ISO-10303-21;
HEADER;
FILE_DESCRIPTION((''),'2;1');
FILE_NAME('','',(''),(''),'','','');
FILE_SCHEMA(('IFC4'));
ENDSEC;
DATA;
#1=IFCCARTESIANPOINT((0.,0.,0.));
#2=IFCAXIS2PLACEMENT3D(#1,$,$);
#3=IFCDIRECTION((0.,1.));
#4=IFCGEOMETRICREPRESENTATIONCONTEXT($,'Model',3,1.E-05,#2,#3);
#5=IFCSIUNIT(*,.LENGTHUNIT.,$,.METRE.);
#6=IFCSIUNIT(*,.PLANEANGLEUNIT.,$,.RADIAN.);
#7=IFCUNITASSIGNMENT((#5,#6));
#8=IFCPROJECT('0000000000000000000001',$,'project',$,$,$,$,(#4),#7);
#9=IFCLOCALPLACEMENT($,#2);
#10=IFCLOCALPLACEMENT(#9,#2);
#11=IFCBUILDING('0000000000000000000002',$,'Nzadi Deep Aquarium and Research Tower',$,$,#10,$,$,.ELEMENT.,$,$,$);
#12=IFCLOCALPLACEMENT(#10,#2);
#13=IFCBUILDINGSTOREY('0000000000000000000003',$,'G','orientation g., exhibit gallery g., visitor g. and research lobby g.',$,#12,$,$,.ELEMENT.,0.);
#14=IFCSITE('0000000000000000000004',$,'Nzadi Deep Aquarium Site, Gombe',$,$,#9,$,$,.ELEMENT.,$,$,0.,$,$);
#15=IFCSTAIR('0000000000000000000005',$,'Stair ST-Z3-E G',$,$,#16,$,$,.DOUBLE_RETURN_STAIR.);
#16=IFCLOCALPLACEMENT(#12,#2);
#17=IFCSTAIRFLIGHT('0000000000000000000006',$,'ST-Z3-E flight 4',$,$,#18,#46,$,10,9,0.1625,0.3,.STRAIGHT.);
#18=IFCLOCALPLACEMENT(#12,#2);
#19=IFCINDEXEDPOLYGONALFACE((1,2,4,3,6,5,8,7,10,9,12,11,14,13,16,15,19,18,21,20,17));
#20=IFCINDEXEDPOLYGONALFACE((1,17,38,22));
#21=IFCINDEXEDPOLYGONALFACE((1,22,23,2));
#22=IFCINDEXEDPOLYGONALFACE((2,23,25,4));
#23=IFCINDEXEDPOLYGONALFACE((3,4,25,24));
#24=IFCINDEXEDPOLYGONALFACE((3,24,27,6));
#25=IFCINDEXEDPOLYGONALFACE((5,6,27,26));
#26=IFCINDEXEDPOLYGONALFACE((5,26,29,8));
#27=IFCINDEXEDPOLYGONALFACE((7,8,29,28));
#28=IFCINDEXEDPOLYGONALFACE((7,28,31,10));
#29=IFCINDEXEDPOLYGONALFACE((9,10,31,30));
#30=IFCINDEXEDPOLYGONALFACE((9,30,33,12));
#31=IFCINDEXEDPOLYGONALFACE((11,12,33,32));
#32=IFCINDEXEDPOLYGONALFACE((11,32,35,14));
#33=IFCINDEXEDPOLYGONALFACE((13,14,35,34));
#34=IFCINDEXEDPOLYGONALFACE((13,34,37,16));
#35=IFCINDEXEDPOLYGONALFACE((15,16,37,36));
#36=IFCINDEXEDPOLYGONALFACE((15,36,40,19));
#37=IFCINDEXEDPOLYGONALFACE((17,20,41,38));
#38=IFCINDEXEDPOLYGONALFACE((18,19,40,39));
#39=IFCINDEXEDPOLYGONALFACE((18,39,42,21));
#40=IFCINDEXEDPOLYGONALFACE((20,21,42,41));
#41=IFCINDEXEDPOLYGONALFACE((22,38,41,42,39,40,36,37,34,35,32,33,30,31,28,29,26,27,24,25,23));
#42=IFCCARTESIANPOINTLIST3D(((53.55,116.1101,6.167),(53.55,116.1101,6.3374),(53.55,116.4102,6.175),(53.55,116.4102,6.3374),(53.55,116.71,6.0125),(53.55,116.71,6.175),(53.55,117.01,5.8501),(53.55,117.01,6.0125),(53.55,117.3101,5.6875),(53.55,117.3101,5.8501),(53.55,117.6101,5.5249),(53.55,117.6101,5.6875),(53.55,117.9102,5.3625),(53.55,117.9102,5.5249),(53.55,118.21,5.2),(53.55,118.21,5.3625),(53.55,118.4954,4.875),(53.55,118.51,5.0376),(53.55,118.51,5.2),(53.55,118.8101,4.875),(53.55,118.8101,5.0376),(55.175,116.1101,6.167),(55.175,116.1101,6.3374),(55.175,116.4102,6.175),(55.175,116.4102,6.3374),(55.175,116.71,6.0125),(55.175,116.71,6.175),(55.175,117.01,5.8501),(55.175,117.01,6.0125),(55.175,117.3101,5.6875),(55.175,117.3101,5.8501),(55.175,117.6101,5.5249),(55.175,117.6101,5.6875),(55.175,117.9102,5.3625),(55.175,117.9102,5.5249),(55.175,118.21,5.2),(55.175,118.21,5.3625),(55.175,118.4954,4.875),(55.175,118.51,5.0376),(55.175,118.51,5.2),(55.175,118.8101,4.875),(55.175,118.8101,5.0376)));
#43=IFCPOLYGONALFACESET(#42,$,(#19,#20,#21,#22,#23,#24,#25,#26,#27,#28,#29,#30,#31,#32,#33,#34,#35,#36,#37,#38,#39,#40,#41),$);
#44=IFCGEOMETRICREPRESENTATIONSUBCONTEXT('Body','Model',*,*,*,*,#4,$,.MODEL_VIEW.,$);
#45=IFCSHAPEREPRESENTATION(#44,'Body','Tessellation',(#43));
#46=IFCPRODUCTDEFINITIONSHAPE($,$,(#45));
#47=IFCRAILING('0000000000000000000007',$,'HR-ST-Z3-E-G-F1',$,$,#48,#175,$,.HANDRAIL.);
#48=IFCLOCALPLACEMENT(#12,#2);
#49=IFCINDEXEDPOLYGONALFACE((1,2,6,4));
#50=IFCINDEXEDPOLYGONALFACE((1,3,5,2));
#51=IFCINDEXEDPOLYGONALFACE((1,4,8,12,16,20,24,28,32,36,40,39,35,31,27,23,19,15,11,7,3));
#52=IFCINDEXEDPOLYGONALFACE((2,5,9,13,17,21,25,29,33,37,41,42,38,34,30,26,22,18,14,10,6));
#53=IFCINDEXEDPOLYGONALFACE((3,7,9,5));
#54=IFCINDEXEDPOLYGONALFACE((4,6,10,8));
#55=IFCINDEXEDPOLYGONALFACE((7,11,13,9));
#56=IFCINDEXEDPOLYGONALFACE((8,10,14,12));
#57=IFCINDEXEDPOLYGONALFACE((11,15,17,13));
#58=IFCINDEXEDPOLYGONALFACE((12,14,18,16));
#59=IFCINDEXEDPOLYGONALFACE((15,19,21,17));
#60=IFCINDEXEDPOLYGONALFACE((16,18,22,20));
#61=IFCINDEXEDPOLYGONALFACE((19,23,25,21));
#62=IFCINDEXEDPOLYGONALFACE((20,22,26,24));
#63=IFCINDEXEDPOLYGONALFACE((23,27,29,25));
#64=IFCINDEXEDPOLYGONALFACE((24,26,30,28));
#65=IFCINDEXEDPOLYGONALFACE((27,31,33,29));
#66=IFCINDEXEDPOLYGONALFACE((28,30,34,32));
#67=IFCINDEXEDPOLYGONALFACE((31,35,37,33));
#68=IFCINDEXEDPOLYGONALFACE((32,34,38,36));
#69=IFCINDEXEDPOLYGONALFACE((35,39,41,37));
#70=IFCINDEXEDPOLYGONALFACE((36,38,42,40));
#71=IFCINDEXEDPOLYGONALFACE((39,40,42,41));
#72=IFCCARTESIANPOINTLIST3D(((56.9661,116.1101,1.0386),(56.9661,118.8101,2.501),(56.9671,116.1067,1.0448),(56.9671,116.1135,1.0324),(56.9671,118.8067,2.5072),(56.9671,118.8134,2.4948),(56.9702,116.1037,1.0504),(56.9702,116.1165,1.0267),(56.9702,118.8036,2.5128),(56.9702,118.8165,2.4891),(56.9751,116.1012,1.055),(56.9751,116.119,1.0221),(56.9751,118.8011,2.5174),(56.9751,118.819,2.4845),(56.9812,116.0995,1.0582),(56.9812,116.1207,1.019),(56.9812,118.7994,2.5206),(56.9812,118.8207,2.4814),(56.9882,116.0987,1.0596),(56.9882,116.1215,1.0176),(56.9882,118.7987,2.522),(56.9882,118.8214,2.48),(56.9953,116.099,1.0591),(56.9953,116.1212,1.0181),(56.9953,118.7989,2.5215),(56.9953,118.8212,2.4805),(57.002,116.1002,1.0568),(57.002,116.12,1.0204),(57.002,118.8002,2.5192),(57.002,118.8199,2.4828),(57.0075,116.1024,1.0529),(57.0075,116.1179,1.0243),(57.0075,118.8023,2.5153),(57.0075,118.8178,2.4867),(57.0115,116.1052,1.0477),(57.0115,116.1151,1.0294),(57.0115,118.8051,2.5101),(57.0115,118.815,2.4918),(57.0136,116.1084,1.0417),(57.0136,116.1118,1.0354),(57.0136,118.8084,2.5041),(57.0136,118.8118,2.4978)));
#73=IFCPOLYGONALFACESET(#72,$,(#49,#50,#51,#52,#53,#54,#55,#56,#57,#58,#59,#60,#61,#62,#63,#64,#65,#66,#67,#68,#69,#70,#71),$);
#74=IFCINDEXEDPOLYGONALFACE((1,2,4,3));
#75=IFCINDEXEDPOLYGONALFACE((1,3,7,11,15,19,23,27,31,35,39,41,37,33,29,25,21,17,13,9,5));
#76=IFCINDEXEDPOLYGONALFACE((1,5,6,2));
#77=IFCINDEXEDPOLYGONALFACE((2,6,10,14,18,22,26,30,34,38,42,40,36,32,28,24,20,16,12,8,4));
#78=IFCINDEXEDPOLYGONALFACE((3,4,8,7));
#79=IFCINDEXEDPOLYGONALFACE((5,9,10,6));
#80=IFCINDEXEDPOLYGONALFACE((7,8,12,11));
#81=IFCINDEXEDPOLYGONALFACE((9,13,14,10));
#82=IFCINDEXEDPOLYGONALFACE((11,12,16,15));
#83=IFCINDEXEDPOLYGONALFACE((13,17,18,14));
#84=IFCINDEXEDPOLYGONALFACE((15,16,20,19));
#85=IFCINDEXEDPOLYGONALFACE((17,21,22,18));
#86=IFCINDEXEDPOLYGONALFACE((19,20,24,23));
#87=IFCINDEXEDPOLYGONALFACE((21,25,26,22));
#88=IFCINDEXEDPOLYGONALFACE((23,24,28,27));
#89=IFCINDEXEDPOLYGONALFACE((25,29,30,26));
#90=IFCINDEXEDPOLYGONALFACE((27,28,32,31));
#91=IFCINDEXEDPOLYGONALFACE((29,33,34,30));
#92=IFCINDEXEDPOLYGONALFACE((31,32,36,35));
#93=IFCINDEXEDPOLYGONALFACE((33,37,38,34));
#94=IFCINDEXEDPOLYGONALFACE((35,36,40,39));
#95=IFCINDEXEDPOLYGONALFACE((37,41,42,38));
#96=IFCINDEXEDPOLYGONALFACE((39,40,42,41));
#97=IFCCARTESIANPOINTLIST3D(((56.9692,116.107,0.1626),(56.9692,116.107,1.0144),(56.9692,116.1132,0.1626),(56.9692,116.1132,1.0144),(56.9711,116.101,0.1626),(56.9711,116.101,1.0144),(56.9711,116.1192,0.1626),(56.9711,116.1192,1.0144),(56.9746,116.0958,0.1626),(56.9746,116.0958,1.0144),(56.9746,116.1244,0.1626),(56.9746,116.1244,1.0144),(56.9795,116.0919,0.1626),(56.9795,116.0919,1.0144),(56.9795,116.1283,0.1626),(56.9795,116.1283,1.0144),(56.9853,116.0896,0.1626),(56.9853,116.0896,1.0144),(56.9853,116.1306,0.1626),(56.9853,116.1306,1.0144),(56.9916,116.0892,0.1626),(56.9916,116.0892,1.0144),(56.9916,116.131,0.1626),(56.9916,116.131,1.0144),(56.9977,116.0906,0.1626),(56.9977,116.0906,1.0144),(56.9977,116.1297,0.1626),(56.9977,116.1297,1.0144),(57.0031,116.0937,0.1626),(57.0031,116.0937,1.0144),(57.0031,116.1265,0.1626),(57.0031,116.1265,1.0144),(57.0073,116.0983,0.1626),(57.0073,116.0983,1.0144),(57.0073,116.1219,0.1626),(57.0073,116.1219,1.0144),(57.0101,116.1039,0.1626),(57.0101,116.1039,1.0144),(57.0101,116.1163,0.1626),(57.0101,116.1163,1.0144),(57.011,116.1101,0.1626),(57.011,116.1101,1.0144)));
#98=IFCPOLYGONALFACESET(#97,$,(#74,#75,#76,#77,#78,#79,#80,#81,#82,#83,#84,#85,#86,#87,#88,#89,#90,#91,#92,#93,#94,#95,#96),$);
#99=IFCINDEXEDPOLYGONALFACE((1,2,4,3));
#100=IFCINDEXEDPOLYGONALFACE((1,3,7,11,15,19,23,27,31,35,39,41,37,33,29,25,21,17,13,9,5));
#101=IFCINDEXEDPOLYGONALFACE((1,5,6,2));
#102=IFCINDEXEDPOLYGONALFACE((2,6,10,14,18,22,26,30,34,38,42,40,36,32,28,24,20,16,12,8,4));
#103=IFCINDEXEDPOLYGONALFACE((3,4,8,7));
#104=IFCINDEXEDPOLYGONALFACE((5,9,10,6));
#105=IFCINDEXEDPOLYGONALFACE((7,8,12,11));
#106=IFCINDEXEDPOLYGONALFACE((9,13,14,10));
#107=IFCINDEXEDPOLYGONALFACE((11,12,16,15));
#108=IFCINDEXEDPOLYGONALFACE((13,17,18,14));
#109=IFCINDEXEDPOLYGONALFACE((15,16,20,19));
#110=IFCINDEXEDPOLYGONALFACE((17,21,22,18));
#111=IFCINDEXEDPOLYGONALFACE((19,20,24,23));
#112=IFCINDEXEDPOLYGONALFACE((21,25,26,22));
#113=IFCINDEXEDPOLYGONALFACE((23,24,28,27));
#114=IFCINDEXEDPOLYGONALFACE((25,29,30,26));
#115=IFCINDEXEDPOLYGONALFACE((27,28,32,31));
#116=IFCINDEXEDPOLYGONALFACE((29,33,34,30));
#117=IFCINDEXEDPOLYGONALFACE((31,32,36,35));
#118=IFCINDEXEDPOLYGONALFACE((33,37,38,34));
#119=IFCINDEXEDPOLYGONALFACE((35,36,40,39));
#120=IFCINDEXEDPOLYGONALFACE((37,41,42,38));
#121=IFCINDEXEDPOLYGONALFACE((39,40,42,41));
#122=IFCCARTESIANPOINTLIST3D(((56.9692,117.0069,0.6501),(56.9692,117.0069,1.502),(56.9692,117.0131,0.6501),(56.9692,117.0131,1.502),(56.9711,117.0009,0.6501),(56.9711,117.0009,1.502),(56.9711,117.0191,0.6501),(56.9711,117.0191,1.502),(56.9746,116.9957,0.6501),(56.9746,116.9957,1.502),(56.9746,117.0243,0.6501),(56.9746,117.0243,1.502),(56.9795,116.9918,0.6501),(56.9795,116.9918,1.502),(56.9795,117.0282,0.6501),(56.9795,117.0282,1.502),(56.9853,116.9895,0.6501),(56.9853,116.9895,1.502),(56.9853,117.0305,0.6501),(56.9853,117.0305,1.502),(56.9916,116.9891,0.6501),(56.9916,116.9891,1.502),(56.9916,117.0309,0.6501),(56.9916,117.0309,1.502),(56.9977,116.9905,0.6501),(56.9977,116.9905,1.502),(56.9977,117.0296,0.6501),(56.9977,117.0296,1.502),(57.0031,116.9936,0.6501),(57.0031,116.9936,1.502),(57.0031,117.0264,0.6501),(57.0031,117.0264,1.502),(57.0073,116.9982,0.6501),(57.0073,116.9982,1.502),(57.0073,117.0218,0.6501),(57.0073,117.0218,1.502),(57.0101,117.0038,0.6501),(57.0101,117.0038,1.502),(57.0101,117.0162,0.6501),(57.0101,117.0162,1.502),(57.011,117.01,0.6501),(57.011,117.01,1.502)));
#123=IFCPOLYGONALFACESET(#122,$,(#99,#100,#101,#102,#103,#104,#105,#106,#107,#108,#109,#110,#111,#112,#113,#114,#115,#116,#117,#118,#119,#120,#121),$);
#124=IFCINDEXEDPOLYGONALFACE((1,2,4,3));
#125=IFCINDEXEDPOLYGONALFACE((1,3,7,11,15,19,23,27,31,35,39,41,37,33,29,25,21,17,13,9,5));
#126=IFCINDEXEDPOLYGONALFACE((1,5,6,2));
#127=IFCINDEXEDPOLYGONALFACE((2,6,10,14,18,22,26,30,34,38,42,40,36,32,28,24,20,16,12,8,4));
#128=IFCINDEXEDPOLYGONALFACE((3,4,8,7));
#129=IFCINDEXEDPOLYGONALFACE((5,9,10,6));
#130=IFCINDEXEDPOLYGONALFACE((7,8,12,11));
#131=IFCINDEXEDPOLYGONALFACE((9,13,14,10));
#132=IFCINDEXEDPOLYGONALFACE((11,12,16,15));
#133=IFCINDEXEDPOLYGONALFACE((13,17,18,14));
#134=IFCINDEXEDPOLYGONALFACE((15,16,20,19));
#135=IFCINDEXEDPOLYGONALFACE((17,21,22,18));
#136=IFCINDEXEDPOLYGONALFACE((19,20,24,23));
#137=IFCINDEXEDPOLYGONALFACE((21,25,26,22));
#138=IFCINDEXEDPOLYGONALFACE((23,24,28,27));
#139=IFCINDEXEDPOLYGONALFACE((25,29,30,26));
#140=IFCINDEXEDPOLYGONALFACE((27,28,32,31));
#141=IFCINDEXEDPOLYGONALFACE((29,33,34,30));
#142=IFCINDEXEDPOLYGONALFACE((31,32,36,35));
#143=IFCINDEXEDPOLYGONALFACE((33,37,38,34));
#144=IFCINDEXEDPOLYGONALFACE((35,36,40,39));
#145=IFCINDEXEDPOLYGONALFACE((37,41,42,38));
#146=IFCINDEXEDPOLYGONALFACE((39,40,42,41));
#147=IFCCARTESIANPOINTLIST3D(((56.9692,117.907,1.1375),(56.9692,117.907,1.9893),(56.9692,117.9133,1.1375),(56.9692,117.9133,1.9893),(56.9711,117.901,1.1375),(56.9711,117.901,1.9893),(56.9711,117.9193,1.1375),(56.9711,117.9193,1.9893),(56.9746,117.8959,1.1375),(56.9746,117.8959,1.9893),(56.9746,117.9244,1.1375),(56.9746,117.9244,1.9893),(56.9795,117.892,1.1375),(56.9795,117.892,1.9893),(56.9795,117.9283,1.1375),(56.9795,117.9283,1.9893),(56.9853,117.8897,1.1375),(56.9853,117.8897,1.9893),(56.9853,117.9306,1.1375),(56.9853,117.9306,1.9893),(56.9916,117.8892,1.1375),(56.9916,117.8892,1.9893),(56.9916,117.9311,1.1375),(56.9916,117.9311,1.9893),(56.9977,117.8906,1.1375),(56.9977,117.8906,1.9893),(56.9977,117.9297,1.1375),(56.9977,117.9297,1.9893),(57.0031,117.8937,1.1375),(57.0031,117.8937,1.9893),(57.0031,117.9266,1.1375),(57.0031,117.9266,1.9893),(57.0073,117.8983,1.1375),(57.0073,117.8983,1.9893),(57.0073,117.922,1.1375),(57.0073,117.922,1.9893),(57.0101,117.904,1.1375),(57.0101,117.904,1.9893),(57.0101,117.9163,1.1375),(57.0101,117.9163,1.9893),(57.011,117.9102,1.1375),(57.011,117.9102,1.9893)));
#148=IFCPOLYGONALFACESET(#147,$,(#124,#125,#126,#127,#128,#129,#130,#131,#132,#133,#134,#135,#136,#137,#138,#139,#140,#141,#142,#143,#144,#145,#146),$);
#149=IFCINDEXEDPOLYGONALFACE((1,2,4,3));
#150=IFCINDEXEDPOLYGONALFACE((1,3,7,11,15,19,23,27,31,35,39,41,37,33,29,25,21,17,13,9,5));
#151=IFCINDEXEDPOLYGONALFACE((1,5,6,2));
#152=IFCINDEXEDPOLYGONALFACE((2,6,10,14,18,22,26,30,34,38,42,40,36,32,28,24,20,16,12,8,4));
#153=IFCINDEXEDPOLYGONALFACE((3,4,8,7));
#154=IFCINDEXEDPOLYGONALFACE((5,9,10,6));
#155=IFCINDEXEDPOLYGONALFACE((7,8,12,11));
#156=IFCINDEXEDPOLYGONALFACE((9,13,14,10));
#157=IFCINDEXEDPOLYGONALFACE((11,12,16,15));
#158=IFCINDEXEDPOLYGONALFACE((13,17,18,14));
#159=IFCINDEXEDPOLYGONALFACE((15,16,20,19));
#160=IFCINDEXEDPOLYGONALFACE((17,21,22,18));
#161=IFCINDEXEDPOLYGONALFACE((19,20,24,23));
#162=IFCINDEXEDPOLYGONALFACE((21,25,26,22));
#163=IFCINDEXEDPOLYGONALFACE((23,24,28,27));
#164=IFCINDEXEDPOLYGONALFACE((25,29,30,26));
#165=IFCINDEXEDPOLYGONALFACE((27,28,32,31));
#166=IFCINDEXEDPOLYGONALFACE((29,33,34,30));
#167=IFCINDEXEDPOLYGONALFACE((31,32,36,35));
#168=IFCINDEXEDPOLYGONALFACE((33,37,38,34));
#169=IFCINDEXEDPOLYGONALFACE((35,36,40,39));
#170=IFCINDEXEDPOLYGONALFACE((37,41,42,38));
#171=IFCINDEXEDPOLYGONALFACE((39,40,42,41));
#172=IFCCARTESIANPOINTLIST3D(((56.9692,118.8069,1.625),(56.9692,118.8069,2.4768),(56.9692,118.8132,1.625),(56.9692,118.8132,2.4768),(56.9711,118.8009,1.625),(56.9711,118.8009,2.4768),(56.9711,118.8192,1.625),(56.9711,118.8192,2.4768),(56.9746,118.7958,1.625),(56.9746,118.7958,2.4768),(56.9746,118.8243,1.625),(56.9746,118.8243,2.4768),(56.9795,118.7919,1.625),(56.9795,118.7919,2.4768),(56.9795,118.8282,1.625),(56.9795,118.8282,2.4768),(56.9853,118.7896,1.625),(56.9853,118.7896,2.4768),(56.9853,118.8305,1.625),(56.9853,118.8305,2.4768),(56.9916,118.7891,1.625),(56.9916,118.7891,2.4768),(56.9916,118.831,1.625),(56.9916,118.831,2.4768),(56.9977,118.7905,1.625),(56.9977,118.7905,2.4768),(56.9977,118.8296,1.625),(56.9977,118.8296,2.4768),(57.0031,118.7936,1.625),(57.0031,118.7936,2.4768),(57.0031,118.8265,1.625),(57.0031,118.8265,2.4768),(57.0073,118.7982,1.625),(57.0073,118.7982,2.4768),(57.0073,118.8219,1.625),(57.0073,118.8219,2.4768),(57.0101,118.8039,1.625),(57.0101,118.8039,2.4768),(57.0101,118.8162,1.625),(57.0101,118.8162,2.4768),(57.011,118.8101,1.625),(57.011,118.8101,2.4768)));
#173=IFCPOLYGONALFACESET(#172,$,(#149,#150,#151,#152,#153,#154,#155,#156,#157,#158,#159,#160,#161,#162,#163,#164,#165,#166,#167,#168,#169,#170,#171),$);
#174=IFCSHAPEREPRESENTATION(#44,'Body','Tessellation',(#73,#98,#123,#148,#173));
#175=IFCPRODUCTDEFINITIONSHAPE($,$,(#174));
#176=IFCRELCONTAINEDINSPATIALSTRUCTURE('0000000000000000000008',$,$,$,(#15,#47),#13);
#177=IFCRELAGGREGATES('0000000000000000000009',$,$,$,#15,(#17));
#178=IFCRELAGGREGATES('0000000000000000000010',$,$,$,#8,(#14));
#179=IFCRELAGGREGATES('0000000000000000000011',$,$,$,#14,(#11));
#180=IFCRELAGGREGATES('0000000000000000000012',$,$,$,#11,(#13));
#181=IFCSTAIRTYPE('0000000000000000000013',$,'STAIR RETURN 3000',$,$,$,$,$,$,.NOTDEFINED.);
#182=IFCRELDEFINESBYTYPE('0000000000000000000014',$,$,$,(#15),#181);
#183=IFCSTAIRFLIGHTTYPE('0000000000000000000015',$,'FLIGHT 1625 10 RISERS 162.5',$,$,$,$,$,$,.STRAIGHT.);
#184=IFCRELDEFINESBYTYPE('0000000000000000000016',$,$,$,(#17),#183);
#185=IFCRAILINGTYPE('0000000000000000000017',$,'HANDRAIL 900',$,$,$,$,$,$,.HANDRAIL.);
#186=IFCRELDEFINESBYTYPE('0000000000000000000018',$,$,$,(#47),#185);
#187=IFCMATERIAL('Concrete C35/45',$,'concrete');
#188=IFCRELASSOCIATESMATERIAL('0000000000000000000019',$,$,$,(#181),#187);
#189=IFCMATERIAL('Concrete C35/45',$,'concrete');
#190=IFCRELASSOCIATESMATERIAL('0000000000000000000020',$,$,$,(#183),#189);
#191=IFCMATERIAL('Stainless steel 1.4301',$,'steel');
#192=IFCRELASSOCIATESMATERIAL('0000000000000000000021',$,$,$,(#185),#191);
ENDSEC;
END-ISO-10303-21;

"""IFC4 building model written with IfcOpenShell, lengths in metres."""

from ifc_helpers import new_model, si_unit, direction, frame, origin, origin_2d, place, context, subcontext, project, spatial, polyline, circle, outline, extrude, material, type_object, element, aggregate, save


model = new_model("IFC4")

# Units and contexts
model_context = context("Model", 3, precision=1e-05, world=origin(), true_north=direction((0.0, 1.0)))
body_context = subcontext(model_context, "Body", "Model", "MODEL_VIEW")
ifc_project = project(units=[si_unit("LENGTHUNIT", "METRE"), si_unit("PLANEANGLEUNIT", "RADIAN")], contexts=[model_context])

# Site, building, storey
site_placement = place(None, origin())
site = spatial("IfcSite", under=ifc_project, at=site_placement, Name="Nzadi Deep Aquarium Site, Gombe", CompositionType="ELEMENT", RefElevation=0.0)
building_placement = place(site_placement, origin())
building = spatial("IfcBuilding", under=site, at=building_placement, Name="Nzadi Deep Aquarium and Research Tower", CompositionType="ELEMENT")
storey_placement = place(building_placement, origin())
storey = spatial("IfcBuildingStorey", under=building, at=storey_placement, Name="G", Description="orientation g., exhibit gallery g., visitor g. and research lobby g.", CompositionType="ELEMENT", Elevation=0.0)

# Stair, stair flight
ifc_material_1 = material(Name="Concrete C35/45", Category="concrete")
stair_type = type_object("IfcStairType", Name="STAIR RETURN 3000", PredefinedType="NOTDEFINED", material=ifc_material_1)
stair_placement = place(storey_placement, origin())
stair = element("IfcStair", 1, at=stair_placement, inside=storey, type_object=stair_type, Name="Stair ST-Z3-E G", PredefinedType="DOUBLE_RETURN_STAIR")
ifc_material_2 = material(Name="Concrete C35/45", Category="concrete")
stair_flight_type = type_object("IfcStairFlightType", Name="FLIGHT 1625 10 RISERS 162.5", PredefinedType="STRAIGHT", material=ifc_material_2)
stair_flight_1_placement = place(storey_placement, frame((54.3625, 118.8101, 4.875), z_axis=(0.0, 0.0, 1.0), x_axis=(0.0, -1.0, 0.0)))
stair_flight_1 = element("IfcStairFlight", 2, at=stair_flight_1_placement, type_object=stair_flight_type, Name="ST-Z3-E flight 4", NumberOfRisers=10, NumberOfTreads=9, PredefinedType="STRAIGHT", RiserHeight=0.1625, TreadLength=0.3, context=body_context, shape_type="SweptSolid", body=[
    extrude(outline(polyline([(0.0, 0.0), (0.0, 0.1626), (0.3, 0.1626), (0.3, 0.325), (0.6001, 0.325), (0.6001, 0.4875), (0.8999, 0.4875), (0.8999, 0.6499), (1.2, 0.6499), (1.2, 0.8125), (1.5, 0.8125), (1.5, 0.9751), (1.8, 0.9751), (1.8, 1.1375), (2.1001, 1.1375), (2.1001, 1.3), (2.3999, 1.3), (2.3999, 1.4624), (2.7, 1.4624), (2.7, 1.625), (2.7, 1.292), (0.3147, 0.0), (0.0, 0.0)])), frame((0.0, 0.8125, 0.0), z_axis=(0.0, -1.0, 0.0), x_axis=(1.0, 0.0, 0.0)), (0.0, 0.0, 1.0), 1.625),
])
aggregate(stair, [stair_flight_1])

# Railing
ifc_material_3 = material(Name="Stainless steel 1.4301", Category="steel")
railing_type = type_object("IfcRailingType", Name="HANDRAIL 900", PredefinedType="HANDRAIL", material=ifc_material_3)
for number, where, name in (
    (3, (56.99, 116.1101, 0.1626), "HR-ST-Z3-E-G-F1"),
):
    element("IfcRailing", number, at=place(storey_placement, frame(where)), inside=storey, type_object=railing_type, Name=name, PredefinedType="HANDRAIL", context=body_context, shape_type="SweptSolid", body=[
        extrude(circle(Radius=0.0239, at=origin_2d()), frame((0.0, 0.0, 0.876), z_axis=(0.0, 0.879302, 0.476265), x_axis=(-1.0, 0.0, 0.0)), (0.0, 0.0, 1.0), 3.0706),
        extrude(circle(Radius=0.021, at=origin_2d()), origin(), (0.0, 0.0, 1.0), 0.8518),
        extrude(circle(Radius=0.021, at=origin_2d()), frame((0.0, 0.8999, 0.4875)), (0.0, 0.0, 1.0), 0.8518),
        extrude(circle(Radius=0.021, at=origin_2d()), frame((0.0, 1.8, 0.9749)), (0.0, 0.0, 1.0), 0.8518),
        extrude(circle(Radius=0.021, at=origin_2d()), frame((0.0, 2.7, 1.4624)), (0.0, 0.0, 1.0), 0.8518),
    ])

save(model, "model.ifc")
